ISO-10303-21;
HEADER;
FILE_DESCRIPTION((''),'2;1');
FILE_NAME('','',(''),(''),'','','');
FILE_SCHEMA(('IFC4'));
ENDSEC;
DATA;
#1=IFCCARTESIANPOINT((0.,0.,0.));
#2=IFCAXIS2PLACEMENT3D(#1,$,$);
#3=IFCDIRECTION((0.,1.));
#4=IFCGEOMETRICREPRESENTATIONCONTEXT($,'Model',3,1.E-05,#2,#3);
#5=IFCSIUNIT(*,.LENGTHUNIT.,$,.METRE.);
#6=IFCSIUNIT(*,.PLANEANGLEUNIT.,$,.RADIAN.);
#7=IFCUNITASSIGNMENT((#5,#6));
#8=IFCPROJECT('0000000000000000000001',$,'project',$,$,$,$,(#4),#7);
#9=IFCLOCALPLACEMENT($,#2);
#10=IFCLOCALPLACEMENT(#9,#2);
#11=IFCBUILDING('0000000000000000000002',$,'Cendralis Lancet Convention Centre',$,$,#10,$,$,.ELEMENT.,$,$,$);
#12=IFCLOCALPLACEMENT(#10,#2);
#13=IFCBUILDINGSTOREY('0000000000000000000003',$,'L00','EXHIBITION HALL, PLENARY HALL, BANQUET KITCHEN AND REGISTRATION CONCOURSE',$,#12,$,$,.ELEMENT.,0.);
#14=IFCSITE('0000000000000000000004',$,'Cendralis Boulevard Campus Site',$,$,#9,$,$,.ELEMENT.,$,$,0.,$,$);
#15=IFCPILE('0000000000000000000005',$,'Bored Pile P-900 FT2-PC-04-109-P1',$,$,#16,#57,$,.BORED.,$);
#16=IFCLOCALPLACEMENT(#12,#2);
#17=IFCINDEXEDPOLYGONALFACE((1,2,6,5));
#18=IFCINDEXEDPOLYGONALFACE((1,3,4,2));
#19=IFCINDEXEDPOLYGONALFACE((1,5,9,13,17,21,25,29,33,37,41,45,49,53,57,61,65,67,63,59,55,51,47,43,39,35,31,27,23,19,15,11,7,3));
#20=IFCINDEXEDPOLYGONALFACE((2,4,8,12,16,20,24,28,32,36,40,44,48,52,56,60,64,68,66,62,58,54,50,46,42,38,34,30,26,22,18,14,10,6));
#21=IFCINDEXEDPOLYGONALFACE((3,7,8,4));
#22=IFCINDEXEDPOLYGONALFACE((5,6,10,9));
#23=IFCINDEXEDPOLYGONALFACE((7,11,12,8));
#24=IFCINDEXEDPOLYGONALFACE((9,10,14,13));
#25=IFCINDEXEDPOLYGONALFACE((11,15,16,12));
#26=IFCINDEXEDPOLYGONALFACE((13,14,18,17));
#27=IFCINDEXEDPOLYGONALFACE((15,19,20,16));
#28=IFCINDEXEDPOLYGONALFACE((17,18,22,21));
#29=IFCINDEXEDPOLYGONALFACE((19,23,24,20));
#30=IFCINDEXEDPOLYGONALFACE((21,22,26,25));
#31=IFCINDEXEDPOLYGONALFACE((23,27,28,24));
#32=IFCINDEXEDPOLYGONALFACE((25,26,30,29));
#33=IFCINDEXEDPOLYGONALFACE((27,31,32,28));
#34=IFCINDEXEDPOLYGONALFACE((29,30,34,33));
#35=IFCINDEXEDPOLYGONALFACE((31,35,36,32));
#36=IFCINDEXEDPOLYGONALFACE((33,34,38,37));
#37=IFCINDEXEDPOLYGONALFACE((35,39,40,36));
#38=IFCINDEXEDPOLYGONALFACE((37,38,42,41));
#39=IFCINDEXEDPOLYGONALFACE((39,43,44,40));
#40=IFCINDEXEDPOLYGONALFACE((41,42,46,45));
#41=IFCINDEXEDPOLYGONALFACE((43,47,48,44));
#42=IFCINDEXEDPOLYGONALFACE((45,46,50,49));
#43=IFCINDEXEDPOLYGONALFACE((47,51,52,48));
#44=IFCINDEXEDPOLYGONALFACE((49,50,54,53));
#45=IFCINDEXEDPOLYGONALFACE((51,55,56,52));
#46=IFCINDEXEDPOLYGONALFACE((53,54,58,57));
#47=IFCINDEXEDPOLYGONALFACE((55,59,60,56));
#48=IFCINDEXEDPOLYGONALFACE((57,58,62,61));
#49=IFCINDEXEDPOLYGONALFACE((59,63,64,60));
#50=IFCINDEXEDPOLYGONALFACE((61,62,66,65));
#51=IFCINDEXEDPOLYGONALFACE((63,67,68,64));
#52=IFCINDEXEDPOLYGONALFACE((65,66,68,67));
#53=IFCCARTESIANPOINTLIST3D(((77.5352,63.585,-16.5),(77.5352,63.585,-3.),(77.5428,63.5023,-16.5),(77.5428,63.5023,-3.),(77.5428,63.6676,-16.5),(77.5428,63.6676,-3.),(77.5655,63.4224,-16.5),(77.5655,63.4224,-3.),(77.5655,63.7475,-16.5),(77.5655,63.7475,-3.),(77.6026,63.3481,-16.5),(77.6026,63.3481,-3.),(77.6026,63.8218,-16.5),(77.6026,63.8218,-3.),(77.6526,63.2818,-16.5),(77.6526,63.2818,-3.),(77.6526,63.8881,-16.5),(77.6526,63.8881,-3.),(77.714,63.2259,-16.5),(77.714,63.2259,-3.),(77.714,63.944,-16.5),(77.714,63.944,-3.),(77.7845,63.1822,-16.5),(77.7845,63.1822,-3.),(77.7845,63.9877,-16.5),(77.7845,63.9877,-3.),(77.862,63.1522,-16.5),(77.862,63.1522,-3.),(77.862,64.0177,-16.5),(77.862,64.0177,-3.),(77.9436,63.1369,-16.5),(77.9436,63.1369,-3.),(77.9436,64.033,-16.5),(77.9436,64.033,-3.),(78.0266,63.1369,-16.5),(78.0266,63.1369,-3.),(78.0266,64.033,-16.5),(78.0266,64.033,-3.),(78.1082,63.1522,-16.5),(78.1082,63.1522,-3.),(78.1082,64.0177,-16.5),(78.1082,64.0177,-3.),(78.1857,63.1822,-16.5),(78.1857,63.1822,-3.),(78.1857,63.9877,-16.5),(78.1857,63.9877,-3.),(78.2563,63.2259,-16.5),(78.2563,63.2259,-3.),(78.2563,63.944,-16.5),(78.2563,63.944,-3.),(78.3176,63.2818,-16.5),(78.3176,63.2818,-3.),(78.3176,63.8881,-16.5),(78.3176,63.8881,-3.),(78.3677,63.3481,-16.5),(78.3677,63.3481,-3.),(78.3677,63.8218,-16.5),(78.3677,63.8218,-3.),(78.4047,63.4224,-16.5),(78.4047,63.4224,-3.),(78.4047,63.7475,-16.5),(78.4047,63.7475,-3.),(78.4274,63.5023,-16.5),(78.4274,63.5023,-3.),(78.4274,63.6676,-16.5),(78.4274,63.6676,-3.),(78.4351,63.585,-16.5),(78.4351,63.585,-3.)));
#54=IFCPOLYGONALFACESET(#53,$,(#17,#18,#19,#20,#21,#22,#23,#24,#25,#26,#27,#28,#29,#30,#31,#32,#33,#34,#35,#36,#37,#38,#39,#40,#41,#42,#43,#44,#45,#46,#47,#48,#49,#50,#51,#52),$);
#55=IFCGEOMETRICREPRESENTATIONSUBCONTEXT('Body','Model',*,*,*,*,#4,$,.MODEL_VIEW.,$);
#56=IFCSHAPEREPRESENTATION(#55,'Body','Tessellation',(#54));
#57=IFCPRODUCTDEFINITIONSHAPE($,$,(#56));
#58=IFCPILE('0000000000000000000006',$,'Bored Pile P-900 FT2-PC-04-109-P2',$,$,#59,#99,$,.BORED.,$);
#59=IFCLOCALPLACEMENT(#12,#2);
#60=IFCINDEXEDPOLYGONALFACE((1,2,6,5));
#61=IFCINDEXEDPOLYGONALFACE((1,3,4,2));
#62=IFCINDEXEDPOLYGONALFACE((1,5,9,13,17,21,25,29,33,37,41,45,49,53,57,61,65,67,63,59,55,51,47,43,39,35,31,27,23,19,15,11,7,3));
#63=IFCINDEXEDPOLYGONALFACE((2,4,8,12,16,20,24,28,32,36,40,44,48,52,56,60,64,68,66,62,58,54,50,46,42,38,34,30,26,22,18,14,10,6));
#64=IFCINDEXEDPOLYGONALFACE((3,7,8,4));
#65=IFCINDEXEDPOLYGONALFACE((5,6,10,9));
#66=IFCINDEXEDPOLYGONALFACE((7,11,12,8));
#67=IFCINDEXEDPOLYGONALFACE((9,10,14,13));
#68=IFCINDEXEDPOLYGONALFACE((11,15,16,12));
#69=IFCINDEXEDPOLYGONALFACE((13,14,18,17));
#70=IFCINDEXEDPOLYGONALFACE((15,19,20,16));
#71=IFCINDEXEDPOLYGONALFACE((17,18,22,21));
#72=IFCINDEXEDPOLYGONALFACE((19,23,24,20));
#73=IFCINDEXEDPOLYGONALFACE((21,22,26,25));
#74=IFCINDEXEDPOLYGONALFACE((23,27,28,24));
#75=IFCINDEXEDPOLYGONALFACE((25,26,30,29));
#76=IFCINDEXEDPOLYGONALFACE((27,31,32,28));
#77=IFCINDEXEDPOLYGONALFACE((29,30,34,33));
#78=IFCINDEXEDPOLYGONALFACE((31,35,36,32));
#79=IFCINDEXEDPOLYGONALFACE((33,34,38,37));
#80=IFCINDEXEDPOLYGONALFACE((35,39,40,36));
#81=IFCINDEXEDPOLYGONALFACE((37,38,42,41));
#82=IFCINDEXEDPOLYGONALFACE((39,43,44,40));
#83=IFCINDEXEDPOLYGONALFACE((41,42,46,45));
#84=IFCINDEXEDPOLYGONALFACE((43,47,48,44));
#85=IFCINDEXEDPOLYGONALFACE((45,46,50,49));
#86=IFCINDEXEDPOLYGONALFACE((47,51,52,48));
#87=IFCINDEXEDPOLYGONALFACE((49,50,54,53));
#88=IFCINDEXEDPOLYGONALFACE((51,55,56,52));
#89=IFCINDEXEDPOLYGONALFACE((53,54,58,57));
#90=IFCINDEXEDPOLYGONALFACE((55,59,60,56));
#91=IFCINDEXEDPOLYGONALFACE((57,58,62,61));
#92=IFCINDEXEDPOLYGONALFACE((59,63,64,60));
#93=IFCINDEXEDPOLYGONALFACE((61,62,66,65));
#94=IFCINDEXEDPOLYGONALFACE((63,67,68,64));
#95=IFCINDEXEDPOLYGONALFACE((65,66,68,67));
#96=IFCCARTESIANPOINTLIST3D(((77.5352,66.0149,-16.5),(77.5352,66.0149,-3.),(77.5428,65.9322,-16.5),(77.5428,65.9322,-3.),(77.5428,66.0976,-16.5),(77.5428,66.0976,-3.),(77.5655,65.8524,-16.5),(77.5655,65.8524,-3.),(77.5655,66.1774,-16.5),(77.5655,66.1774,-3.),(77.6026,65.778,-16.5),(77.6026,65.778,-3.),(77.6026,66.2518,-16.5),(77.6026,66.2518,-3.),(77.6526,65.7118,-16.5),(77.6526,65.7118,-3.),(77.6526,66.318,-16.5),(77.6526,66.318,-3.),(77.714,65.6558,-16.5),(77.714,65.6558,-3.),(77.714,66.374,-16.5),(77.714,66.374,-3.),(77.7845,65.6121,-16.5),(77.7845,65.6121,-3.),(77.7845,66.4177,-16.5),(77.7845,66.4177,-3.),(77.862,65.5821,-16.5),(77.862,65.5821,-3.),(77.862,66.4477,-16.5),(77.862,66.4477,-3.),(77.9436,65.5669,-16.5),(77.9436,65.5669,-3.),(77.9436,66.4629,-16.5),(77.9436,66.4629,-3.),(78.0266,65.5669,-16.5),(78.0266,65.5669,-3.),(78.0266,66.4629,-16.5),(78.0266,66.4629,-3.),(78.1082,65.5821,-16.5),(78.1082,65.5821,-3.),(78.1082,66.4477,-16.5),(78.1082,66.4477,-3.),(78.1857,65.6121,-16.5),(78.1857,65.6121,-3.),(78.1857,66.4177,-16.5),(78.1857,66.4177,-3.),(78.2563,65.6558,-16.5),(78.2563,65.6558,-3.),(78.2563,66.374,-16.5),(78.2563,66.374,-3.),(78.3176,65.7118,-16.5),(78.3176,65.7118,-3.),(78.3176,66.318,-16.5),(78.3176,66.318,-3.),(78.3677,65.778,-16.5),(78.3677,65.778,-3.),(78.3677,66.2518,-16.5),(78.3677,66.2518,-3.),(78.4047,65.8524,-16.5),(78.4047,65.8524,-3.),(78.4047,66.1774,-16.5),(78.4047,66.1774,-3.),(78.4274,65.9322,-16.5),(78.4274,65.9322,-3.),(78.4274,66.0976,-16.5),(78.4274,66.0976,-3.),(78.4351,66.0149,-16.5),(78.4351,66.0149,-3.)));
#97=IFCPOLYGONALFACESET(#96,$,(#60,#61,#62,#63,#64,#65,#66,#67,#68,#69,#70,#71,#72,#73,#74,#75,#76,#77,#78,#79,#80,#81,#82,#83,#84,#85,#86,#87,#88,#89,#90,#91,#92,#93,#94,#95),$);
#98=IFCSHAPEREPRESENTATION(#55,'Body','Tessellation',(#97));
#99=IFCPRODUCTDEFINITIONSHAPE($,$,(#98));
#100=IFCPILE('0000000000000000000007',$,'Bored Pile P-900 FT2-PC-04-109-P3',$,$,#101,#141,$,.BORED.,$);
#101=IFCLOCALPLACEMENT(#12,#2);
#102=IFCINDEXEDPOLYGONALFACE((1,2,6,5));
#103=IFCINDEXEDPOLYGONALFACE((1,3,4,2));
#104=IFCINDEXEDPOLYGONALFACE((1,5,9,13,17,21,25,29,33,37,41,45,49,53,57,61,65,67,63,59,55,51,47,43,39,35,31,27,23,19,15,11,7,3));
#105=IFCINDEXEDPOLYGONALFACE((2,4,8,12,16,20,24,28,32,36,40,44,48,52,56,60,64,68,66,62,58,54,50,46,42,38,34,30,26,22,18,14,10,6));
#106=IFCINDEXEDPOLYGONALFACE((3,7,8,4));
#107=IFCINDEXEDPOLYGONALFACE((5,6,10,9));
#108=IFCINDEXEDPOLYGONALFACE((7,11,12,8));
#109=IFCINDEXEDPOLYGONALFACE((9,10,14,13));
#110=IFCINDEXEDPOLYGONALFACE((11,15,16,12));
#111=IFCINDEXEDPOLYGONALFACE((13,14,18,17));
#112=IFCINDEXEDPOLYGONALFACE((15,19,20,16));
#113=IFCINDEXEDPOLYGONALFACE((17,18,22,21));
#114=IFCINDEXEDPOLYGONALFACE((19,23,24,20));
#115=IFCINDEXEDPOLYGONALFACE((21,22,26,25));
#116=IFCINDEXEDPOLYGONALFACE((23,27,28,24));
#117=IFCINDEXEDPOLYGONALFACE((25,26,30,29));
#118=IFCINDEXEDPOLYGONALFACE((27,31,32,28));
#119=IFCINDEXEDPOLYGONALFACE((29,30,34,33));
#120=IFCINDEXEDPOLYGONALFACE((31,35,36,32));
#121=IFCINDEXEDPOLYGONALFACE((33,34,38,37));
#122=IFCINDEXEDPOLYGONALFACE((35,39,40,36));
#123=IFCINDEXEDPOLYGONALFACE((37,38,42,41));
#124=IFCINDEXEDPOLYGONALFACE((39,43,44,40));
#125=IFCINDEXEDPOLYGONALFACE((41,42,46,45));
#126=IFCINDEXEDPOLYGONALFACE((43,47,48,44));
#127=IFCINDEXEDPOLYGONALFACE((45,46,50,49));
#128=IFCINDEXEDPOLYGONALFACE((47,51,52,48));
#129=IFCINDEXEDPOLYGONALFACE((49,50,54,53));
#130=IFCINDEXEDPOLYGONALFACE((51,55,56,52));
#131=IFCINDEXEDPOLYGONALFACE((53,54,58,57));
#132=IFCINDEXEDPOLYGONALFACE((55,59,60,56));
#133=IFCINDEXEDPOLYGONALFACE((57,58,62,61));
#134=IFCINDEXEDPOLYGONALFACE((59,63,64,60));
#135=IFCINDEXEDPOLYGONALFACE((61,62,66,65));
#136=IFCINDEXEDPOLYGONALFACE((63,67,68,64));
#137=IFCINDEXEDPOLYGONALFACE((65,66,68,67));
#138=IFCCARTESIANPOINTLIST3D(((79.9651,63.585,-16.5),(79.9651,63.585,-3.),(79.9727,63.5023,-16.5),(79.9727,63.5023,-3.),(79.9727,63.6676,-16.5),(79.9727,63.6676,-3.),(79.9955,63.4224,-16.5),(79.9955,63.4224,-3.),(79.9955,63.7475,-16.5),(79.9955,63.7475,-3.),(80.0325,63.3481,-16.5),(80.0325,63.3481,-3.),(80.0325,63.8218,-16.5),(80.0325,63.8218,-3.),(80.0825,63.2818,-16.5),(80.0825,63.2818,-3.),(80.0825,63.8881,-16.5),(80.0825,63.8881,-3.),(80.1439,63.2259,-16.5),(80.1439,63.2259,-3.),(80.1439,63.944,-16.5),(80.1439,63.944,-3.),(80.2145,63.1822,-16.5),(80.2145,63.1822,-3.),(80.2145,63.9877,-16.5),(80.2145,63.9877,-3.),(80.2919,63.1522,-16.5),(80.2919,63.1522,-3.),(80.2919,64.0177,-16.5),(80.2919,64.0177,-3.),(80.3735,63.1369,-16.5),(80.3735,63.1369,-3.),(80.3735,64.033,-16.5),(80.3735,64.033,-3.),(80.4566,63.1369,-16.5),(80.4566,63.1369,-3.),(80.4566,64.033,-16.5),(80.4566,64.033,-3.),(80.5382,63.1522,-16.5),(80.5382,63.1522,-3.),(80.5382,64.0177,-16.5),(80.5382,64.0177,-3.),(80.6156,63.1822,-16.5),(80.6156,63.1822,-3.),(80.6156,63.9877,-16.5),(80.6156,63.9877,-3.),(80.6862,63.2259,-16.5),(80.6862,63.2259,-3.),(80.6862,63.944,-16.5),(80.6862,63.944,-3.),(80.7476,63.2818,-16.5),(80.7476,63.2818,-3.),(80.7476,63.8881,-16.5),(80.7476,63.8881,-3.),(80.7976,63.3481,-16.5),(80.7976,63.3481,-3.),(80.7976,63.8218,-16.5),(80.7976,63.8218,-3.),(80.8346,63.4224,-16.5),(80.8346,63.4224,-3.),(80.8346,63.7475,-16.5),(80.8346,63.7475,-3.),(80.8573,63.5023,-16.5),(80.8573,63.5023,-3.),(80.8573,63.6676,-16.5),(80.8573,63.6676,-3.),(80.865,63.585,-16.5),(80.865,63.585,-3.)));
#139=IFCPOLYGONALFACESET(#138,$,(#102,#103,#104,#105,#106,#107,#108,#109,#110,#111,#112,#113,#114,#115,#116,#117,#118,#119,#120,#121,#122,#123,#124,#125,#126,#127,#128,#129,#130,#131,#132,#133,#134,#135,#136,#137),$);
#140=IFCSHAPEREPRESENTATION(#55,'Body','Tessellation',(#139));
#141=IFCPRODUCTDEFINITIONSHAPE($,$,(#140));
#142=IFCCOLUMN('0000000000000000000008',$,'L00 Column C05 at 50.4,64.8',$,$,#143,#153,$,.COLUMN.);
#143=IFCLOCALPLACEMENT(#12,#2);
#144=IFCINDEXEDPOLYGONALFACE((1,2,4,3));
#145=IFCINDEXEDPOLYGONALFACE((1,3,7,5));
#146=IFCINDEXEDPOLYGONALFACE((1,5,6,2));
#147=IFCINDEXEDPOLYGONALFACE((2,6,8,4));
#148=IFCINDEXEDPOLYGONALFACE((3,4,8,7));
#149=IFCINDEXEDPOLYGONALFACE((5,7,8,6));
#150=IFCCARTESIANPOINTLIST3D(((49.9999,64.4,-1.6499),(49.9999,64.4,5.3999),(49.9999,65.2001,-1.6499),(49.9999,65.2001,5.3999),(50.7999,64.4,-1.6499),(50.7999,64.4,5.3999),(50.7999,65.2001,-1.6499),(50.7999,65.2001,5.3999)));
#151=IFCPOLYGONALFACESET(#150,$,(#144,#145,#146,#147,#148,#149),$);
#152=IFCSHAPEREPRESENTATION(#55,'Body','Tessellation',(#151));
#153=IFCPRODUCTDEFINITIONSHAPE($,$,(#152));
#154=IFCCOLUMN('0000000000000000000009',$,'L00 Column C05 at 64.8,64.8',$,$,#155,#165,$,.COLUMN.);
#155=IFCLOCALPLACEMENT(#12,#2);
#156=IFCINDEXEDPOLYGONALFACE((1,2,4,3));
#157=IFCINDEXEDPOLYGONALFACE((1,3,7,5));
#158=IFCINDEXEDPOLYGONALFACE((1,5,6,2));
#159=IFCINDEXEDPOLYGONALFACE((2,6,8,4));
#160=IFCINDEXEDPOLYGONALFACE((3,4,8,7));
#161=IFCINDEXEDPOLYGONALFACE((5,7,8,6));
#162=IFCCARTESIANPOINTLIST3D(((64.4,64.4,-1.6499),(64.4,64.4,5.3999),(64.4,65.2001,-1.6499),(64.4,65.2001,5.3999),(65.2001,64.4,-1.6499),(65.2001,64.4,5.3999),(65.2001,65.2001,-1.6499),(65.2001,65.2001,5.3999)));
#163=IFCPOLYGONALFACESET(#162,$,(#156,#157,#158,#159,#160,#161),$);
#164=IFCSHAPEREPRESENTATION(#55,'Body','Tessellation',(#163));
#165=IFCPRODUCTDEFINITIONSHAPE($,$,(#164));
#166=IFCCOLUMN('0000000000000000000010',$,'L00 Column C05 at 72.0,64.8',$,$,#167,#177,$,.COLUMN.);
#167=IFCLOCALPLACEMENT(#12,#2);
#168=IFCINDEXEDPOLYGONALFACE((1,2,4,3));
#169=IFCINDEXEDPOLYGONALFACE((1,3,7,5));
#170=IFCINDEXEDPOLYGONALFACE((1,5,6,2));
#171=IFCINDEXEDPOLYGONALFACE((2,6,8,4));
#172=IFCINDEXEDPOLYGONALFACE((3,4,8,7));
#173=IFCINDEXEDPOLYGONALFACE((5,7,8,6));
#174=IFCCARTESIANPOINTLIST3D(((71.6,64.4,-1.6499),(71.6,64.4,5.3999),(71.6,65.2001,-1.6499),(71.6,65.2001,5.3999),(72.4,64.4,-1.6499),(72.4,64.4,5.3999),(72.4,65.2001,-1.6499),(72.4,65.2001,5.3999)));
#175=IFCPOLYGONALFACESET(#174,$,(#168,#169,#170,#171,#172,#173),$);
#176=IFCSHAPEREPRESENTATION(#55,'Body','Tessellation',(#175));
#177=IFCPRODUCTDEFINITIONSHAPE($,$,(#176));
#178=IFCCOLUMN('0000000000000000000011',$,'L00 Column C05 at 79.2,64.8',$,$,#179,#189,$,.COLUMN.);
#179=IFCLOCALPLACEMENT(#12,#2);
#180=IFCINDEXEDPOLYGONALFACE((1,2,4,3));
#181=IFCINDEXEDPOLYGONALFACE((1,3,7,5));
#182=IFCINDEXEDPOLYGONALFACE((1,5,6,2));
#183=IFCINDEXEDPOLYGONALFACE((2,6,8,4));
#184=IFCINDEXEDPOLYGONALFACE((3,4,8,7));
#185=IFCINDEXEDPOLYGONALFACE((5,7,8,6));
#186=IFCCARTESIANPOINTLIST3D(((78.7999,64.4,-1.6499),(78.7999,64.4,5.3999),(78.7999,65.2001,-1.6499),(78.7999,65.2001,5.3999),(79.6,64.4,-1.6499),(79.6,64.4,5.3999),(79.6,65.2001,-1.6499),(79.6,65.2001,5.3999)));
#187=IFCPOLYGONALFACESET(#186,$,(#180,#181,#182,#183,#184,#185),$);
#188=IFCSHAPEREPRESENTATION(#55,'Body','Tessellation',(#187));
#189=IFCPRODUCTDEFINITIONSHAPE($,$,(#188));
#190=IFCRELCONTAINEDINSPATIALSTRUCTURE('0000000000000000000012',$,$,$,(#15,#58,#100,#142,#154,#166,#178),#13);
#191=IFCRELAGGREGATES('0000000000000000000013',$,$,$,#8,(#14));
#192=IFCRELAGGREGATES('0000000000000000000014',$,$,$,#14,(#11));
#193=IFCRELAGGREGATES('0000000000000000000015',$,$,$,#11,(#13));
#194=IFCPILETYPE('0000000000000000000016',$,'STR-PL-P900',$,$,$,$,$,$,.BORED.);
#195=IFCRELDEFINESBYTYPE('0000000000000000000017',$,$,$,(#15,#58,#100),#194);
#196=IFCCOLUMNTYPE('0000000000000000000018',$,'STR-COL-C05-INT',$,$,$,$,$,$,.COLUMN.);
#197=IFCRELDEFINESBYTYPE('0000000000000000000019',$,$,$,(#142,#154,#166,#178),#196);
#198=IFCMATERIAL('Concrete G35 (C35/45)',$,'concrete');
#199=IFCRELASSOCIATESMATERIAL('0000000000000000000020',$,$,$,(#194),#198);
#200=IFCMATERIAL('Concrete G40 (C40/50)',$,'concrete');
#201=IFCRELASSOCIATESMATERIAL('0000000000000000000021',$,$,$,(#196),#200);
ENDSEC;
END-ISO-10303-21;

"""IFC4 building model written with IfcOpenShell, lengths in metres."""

from ifc_helpers import new_model, si_unit, direction, frame, origin, origin_2d, place, context, subcontext, project, spatial, rectangle, circle, extrude, material, material_profile, profile_set, type_object, element, save


model = new_model("IFC4")

# Units and contexts
model_context = context("Model", 3, precision=1e-05, world=origin(), true_north=direction((0.0, 1.0)))
body_context = subcontext(model_context, "Body", "Model", "MODEL_VIEW")
ifc_project = project(units=[si_unit("LENGTHUNIT", "METRE"), si_unit("PLANEANGLEUNIT", "RADIAN")], contexts=[model_context])

# Site, building, storey
site_placement = place(None, origin())
site = spatial("IfcSite", under=ifc_project, at=site_placement, Name="Cendralis Boulevard Campus Site", CompositionType="ELEMENT", RefElevation=0.0)
building_placement = place(site_placement, origin())
building = spatial("IfcBuilding", under=site, at=building_placement, Name="Cendralis Lancet Convention Centre", CompositionType="ELEMENT")
storey_placement = place(building_placement, origin())
storey = spatial("IfcBuildingStorey", under=building, at=storey_placement, Name="L00", Description="EXHIBITION HALL, PLENARY HALL, BANQUET KITCHEN AND REGISTRATION CONCOURSE", CompositionType="ELEMENT", Elevation=0.0)

# Shared definitions
ifc_material_1 = material(Name="Concrete G35 (C35/45)", Category="concrete")

# Piles
ifc_material_profile_1 = material_profile(ifc_material_1, circle(Radius=0.45, at=origin_2d()), Name="BORED PILE D900")
ifc_profile_set_1 = profile_set([ifc_material_profile_1], Name="Concrete G35 (C35/45)")
pile_type = type_object("IfcPileType", Name="STR-PL-P900", PredefinedType="BORED", material=ifc_profile_set_1)
for number, where, z_axis, x_axis, name in (
    (1, (77.9851, 63.585, -3.0), (0.0, 0.0, -1.0), (1.0, 0.0, 0.0), "Bored Pile P-900 FT2-PC-04-109-P1"),
    (2, (77.9851, 66.0149, -3.0), (0.0, 0.0, -1.0), (1.0, 0.0, 0.0), "Bored Pile P-900 FT2-PC-04-109-P2"),
    (3, (80.415, 63.585, -3.0), (0.0, 0.0, -1.0), (1.0, 0.0, 0.0), "Bored Pile P-900 FT2-PC-04-109-P3"),
):
    element("IfcPile", number, at=place(storey_placement, frame(where, z_axis=z_axis, x_axis=x_axis)), inside=storey, type_object=pile_type, Name=name, PredefinedType="BORED", context=body_context, shape_type="SweptSolid", body=[
        extrude(circle(Radius=0.45, at=origin_2d()), origin(), (0.0, 0.0, 1.0), 13.5),
    ])

# Columns
ifc_material_2 = material(Name="Concrete G40 (C40/50)", Category="concrete")
ifc_material_profile_2 = material_profile(ifc_material_2, rectangle(XDim=0.8, YDim=0.8, at=origin_2d()), Name="RC 800x800")
ifc_profile_set_2 = profile_set([ifc_material_profile_2], Name="Concrete G40 (C40/50)")
column_type = type_object("IfcColumnType", Name="STR-COL-C05-INT", PredefinedType="COLUMN", material=ifc_profile_set_2)
for number, where, z_axis, x_axis, name in (
    (4, (50.3999, 64.8, -1.6499), (0.0, 0.0, 1.0), (1.0, 0.0, 0.0), "L00 Column C05 at 50.4,64.8"),
    (5, (64.8, 64.8, -1.6499), (0.0, 0.0, 1.0), (1.0, 0.0, 0.0), "L00 Column C05 at 64.8,64.8"),
    (6, (72.0, 64.8, -1.6499), (0.0, 0.0, 1.0), (1.0, 0.0, 0.0), "L00 Column C05 at 72.0,64.8"),
    (7, (79.2, 64.8, -1.6499), (0.0, 0.0, 1.0), (1.0, 0.0, 0.0), "L00 Column C05 at 79.2,64.8"),
):
    element("IfcColumn", number, at=place(storey_placement, frame(where, z_axis=z_axis, x_axis=x_axis)), inside=storey, type_object=column_type, Name=name, PredefinedType="COLUMN", context=body_context, shape_type="SweptSolid", body=[
        extrude(rectangle(XDim=0.8, YDim=0.8, at=origin_2d()), origin(), (0.0, 0.0, 1.0), 7.0498),
    ])

save(model, "model.ifc")
